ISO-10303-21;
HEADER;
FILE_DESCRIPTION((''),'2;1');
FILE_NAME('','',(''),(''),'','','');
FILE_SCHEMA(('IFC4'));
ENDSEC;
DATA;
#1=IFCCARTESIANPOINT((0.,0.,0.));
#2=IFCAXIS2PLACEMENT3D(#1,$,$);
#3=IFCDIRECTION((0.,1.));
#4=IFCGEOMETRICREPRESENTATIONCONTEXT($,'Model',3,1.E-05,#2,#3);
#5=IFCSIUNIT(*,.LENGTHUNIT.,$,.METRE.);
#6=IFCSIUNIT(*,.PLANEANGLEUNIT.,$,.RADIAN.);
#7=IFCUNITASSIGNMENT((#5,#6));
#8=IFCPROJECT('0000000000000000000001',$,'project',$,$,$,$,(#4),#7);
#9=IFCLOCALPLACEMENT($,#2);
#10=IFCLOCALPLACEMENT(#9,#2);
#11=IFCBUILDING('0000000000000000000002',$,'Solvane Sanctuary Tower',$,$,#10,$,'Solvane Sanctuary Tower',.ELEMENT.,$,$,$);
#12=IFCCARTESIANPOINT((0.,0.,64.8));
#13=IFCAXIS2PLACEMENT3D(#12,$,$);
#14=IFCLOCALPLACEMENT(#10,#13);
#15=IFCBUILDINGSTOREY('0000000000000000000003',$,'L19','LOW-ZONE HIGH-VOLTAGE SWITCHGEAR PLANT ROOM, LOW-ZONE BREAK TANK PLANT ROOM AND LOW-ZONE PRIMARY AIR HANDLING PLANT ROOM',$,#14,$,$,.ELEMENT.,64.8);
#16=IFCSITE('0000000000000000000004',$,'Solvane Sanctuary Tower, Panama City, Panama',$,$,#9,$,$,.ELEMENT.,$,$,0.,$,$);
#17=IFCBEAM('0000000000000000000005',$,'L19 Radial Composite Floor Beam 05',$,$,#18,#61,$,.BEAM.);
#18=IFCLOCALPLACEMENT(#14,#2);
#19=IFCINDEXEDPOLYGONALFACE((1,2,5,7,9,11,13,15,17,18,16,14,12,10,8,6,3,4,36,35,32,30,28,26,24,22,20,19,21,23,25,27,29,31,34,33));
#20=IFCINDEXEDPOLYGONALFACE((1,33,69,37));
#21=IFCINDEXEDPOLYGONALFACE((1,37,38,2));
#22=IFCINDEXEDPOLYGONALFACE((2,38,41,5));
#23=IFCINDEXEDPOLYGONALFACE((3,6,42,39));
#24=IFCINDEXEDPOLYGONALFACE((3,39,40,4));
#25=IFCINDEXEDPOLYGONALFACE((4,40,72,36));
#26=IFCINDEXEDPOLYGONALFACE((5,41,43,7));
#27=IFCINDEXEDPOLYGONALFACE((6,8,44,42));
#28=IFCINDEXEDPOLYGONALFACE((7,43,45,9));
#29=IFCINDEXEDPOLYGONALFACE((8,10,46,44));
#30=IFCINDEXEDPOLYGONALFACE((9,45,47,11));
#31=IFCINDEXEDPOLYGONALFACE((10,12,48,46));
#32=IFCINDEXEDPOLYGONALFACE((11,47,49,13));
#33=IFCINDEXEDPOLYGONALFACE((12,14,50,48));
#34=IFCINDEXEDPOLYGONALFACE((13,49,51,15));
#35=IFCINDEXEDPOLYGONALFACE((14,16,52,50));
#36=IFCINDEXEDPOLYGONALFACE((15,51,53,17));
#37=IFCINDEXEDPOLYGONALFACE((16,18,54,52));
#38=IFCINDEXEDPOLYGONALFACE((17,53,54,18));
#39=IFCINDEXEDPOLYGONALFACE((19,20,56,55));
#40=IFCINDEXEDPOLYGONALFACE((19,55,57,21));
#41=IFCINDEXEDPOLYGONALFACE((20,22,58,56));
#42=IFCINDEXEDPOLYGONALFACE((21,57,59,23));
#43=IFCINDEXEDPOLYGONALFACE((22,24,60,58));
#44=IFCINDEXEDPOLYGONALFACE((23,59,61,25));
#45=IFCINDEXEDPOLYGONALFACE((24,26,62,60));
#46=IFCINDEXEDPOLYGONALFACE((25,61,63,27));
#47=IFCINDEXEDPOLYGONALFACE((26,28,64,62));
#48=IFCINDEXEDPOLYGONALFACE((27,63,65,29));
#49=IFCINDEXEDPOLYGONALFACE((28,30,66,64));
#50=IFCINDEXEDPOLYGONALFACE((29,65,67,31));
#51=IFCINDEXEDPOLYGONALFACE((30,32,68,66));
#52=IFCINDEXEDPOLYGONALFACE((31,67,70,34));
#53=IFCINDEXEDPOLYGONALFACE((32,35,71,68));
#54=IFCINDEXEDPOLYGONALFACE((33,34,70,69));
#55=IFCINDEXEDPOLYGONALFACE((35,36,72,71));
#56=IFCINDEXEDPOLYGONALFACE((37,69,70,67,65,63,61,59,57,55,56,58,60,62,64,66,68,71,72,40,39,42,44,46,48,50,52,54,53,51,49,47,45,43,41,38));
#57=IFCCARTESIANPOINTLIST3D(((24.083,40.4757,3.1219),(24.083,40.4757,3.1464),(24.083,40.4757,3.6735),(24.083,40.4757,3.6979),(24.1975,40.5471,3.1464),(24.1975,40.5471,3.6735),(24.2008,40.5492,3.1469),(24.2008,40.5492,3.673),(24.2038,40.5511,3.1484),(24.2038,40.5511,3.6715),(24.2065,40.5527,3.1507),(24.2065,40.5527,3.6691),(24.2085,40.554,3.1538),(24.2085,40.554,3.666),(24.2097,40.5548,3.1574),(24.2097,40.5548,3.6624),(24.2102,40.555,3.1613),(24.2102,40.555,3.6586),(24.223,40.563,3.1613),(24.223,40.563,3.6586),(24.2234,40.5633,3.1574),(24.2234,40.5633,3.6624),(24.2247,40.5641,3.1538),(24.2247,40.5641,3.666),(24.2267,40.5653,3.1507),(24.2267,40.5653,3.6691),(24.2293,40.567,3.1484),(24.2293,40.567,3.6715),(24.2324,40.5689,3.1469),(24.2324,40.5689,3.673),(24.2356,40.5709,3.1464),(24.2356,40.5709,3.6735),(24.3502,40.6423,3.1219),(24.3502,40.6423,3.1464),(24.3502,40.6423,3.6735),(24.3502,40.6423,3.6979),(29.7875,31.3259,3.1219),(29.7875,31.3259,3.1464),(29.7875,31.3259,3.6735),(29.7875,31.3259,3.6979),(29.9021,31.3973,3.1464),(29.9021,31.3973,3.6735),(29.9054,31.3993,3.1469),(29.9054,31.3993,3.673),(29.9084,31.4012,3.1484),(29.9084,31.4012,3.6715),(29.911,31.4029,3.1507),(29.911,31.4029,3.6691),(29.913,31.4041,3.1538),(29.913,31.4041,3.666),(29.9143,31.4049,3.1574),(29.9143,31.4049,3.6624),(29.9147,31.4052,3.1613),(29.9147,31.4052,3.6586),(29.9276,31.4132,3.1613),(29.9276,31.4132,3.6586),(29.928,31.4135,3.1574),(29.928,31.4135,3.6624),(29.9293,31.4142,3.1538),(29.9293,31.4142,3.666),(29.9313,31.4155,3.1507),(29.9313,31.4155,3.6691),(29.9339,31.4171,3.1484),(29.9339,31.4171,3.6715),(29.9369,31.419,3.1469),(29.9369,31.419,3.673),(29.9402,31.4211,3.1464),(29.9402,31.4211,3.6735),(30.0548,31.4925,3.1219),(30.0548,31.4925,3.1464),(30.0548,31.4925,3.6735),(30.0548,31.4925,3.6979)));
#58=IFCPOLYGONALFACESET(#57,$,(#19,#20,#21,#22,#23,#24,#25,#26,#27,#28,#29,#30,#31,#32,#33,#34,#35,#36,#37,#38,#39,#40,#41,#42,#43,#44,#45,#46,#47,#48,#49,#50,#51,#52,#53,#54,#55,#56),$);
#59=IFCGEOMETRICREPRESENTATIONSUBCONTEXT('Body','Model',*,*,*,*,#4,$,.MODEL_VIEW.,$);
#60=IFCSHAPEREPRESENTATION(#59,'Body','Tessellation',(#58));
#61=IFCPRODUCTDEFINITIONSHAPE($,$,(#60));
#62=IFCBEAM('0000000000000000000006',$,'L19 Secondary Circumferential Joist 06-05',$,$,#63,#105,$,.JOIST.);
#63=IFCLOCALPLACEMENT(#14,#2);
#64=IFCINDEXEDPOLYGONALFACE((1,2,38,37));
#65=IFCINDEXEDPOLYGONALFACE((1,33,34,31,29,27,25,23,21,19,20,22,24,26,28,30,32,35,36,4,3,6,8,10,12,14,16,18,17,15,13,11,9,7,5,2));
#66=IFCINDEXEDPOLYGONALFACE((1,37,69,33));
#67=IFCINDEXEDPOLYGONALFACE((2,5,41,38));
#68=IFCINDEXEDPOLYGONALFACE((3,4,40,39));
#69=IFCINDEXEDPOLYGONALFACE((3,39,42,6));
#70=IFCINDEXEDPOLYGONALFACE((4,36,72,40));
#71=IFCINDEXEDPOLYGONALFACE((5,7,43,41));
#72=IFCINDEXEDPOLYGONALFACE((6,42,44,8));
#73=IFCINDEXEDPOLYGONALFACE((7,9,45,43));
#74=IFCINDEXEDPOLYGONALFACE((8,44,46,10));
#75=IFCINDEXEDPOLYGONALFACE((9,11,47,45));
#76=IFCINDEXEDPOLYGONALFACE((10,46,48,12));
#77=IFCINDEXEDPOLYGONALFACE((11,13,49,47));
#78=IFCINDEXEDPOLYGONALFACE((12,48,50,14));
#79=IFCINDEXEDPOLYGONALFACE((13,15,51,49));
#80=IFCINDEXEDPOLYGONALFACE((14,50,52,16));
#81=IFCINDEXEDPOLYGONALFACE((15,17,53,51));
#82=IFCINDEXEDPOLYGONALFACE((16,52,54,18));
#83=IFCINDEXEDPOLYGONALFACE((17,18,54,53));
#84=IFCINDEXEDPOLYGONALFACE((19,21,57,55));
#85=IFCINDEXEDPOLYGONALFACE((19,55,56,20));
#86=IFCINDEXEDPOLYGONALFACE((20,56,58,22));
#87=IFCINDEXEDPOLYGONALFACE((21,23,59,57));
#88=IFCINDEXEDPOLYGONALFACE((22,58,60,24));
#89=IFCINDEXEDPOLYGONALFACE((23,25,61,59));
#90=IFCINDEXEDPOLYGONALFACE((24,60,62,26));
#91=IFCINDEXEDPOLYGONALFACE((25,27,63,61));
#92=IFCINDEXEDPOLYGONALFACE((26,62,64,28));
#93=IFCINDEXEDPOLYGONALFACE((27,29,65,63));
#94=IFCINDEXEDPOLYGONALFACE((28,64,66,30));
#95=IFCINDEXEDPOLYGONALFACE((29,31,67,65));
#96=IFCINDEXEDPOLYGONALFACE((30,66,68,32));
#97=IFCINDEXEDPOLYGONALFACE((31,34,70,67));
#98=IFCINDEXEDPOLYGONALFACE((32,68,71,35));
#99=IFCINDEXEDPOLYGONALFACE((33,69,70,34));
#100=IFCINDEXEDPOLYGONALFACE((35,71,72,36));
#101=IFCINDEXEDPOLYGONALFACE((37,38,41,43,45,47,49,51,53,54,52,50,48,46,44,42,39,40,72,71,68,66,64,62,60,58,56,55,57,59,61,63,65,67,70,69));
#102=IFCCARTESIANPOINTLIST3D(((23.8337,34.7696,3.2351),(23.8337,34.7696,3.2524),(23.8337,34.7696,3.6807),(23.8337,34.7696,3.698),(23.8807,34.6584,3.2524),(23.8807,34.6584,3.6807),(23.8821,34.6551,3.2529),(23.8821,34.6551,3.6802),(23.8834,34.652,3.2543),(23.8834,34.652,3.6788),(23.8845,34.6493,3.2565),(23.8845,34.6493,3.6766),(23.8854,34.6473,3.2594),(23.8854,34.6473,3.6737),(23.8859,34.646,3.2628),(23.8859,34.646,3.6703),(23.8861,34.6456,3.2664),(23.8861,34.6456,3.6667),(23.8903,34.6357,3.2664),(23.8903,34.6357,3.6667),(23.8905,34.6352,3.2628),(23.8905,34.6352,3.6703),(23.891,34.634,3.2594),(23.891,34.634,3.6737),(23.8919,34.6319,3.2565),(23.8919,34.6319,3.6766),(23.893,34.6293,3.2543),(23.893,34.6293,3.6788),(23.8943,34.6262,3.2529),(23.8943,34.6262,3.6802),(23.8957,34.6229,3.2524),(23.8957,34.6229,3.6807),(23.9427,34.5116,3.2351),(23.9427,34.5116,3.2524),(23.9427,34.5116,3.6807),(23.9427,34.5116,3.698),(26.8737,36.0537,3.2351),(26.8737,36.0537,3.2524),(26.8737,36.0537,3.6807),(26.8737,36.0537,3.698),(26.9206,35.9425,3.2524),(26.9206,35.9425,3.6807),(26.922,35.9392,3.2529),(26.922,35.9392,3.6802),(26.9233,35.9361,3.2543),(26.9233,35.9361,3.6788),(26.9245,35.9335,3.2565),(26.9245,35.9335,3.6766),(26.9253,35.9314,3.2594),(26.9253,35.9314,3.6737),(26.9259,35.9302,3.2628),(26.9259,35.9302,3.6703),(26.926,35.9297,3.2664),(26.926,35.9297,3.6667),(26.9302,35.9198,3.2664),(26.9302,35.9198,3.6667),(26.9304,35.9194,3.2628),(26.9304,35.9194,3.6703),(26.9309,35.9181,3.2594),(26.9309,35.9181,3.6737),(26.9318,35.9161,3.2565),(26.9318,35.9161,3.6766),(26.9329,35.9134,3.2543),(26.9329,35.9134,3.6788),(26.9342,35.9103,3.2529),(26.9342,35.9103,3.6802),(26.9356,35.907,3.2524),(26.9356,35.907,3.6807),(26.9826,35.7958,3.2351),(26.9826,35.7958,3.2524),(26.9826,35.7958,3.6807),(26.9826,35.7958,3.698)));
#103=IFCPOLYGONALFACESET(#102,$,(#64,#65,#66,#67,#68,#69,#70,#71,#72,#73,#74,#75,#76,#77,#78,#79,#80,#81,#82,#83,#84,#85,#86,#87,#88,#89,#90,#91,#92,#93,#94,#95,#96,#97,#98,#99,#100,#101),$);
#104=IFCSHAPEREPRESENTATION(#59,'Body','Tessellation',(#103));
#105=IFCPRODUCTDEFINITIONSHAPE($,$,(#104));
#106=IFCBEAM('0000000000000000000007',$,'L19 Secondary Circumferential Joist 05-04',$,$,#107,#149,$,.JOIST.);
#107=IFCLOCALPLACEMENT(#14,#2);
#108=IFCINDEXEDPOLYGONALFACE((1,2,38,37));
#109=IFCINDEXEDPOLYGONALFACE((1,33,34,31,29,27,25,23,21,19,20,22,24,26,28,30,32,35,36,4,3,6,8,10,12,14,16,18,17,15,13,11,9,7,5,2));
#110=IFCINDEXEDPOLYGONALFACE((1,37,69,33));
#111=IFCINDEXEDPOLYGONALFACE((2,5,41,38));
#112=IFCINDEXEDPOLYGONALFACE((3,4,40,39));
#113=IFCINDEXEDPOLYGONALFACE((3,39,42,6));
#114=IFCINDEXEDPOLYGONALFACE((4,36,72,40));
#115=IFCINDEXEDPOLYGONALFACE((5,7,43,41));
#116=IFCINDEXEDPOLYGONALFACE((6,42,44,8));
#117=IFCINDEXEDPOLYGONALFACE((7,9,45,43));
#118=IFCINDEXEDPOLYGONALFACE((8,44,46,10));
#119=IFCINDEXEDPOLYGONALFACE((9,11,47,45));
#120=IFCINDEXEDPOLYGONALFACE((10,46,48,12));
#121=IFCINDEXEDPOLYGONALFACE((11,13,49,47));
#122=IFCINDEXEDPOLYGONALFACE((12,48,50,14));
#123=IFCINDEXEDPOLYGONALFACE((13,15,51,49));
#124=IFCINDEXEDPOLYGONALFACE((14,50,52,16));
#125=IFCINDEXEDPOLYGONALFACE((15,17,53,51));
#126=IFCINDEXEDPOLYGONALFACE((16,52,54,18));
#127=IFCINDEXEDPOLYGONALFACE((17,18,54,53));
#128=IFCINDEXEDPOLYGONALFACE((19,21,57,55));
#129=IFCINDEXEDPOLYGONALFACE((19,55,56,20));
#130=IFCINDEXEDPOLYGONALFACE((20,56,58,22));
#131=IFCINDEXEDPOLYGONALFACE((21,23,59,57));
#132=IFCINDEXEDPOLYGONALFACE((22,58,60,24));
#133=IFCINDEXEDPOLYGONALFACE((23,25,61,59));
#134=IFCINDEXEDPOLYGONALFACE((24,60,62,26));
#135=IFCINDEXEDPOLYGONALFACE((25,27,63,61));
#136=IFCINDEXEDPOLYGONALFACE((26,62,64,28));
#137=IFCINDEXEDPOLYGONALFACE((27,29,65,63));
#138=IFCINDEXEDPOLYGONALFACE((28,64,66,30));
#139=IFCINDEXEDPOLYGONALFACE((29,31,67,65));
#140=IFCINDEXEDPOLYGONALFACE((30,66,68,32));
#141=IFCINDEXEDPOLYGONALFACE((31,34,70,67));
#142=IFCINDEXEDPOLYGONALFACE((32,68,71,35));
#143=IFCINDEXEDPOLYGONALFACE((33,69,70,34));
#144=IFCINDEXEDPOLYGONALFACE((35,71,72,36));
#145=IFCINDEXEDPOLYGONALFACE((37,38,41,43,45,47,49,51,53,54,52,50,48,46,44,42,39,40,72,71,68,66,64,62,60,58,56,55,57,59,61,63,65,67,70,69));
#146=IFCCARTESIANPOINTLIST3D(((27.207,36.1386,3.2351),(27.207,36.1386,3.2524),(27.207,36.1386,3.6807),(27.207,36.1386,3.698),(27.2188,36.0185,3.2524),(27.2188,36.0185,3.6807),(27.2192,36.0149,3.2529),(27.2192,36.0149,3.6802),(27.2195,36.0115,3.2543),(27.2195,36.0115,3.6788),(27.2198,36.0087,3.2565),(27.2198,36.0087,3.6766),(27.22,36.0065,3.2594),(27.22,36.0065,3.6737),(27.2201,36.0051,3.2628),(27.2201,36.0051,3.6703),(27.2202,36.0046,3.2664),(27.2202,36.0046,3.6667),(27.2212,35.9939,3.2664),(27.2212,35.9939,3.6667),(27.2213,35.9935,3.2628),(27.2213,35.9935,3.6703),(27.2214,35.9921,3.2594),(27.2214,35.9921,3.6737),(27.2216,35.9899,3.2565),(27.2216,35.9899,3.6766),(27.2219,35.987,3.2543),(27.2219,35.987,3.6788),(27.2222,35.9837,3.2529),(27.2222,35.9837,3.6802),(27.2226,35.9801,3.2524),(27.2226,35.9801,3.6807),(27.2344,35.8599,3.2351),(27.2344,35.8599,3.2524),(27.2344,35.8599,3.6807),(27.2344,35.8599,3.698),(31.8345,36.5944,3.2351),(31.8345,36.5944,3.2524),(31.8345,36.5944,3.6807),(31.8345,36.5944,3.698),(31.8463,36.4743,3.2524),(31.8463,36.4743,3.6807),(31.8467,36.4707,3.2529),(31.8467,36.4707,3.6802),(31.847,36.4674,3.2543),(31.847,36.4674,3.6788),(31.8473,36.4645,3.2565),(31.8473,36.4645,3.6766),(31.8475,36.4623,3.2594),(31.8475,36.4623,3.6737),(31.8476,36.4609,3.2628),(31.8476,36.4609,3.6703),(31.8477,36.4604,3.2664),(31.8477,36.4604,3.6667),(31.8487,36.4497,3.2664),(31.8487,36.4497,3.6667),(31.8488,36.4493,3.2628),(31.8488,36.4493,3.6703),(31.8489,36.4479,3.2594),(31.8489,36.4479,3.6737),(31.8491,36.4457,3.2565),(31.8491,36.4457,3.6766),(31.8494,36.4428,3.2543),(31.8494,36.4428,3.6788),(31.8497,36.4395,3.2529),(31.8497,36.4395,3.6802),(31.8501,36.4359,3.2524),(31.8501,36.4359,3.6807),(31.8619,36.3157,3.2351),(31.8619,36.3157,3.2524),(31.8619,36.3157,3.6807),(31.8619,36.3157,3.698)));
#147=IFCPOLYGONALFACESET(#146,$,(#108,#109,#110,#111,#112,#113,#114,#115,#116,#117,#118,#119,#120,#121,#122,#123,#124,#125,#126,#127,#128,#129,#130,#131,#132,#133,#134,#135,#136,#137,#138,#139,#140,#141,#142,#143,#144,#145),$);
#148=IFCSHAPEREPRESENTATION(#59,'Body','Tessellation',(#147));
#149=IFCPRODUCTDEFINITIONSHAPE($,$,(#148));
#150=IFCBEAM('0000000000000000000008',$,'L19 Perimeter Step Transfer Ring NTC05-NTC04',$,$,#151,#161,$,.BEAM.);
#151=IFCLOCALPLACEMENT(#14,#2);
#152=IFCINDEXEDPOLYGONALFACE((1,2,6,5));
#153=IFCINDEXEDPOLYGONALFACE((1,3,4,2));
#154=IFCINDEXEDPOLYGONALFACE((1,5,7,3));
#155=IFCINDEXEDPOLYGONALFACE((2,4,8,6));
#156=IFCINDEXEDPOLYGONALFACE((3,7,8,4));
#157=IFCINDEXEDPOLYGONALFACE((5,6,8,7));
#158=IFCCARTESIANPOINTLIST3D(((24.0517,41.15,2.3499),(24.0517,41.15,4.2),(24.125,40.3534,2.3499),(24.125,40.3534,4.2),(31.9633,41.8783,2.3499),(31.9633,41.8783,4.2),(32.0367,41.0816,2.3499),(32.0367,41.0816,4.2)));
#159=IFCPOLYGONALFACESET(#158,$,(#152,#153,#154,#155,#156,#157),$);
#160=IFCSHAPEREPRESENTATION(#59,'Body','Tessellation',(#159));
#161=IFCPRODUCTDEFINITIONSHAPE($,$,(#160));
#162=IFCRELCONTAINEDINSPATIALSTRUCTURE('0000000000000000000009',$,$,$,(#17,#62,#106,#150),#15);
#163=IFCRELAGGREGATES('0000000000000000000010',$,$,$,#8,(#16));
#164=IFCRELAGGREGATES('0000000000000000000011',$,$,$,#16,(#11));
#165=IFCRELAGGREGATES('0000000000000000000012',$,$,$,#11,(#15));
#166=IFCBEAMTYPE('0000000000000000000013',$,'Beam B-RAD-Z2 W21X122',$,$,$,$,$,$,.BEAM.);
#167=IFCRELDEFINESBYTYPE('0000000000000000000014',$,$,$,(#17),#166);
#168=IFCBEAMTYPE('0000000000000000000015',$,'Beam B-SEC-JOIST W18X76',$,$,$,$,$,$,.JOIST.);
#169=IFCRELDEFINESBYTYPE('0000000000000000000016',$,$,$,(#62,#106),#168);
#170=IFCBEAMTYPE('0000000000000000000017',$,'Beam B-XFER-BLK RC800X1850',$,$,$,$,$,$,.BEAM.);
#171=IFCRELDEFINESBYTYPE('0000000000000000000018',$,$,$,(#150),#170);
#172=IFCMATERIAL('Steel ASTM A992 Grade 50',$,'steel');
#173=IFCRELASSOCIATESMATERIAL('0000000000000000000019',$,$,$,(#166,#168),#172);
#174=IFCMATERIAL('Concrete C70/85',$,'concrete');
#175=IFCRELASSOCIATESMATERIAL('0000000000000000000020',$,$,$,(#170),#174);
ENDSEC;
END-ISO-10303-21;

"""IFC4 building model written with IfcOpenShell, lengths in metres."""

from ifc_helpers import new_model, si_unit, direction, frame, origin, origin_2d, place, context, subcontext, project, spatial, rectangle, i_section, extrude, material, material_profile, profile_set, type_object, element, save


model = new_model("IFC4")

# Units and contexts
model_context = context("Model", 3, precision=1e-05, world=origin(), true_north=direction((0.0, 1.0)))
body_context = subcontext(model_context, "Body", "Model", "MODEL_VIEW")
ifc_project = project(units=[si_unit("LENGTHUNIT", "METRE"), si_unit("PLANEANGLEUNIT", "RADIAN")], contexts=[model_context])

# Site, building, storey
site_placement = place(None, origin())
site = spatial("IfcSite", under=ifc_project, at=site_placement, Name="Solvane Sanctuary Tower, Panama City, Panama", CompositionType="ELEMENT", RefElevation=0.0)
building_placement = place(site_placement, origin())
building = spatial("IfcBuilding", under=site, at=building_placement, Name="Solvane Sanctuary Tower", LongName="Solvane Sanctuary Tower", CompositionType="ELEMENT")
storey_placement = place(building_placement, frame((0.0, 0.0, 64.8)))
storey = spatial("IfcBuildingStorey", under=building, at=storey_placement, Name="L19", Description="LOW-ZONE HIGH-VOLTAGE SWITCHGEAR PLANT ROOM, LOW-ZONE BREAK TANK PLANT ROOM AND LOW-ZONE PRIMARY AIR HANDLING PLANT ROOM", CompositionType="ELEMENT", Elevation=64.8)

# Beams
ifc_material_1 = material(Name="Steel ASTM A992 Grade 50", Category="steel")
ifc_material_profile_1 = material_profile(ifc_material_1, i_section(OverallWidth=0.3149, OverallDepth=0.5759, WebThickness=0.0151, FlangeThickness=0.0244, FilletRadius=0.0149, at=origin_2d()), Name="W21X122")
ifc_profile_set_1 = profile_set([ifc_material_profile_1], Name="Steel ASTM A992 Grade 50")
beam_type_1 = type_object("IfcBeamType", Name="Beam B-RAD-Z2 W21X122", PredefinedType="BEAM", material=ifc_profile_set_1)
beam_1_placement = place(storey_placement, frame((29.9211, 31.4092, 3.4099), z_axis=(-0.529058, 0.848585, 0.0), x_axis=(-0.848585, -0.529058, 0.0)))
element("IfcBeam", 1, at=beam_1_placement, inside=storey, type_object=beam_type_1, Name="L19 Radial Composite Floor Beam 05", PredefinedType="BEAM", context=body_context, shape_type="SweptSolid", body=[
    extrude(i_section(OverallWidth=0.3149, OverallDepth=0.5759, WebThickness=0.0151, FlangeThickness=0.0244, FilletRadius=0.0149, at=origin_2d()), origin(), (0.0, 0.0, 1.0), 10.7825),
])
ifc_material_profile_2 = material_profile(ifc_material_1, i_section(OverallWidth=0.28, OverallDepth=0.4629, WebThickness=0.0107, FlangeThickness=0.0173, FilletRadius=0.0139, at=origin_2d()), Name="W18X76")
ifc_profile_set_2 = profile_set([ifc_material_profile_2], Name="Steel ASTM A992 Grade 50")
beam_type_2 = type_object("IfcBeamType", Name="Beam B-SEC-JOIST W18X76", PredefinedType="JOIST", material=ifc_profile_set_2)
beam_2_placement = place(storey_placement, frame((23.8882, 34.6406, 3.4666), z_axis=(0.921184, 0.389128, 0.0), x_axis=(-0.389128, 0.921184, 0.0)))
element("IfcBeam", 2, at=beam_2_placement, inside=storey, type_object=beam_type_2, Name="L19 Secondary Circumferential Joist 06-05", PredefinedType="JOIST", context=body_context, shape_type="SweptSolid", body=[
    extrude(i_section(OverallWidth=0.28, OverallDepth=0.4629, WebThickness=0.0107, FlangeThickness=0.0173, FilletRadius=0.0139, at=origin_2d()), origin(), (0.0, 0.0, 1.0), 3.3),
])
beam_3_placement = place(storey_placement, frame((27.2207, 35.9993, 3.4666), z_axis=(0.995184, 0.098027, 0.0), x_axis=(-0.098027, 0.995184, 0.0)))
element("IfcBeam", 3, at=beam_3_placement, inside=storey, type_object=beam_type_2, Name="L19 Secondary Circumferential Joist 05-04", PredefinedType="JOIST", context=body_context, shape_type="SweptSolid", body=[
    extrude(i_section(OverallWidth=0.28, OverallDepth=0.4629, WebThickness=0.0107, FlangeThickness=0.0173, FilletRadius=0.0139, at=origin_2d()), origin(), (0.0, 0.0, 1.0), 4.6499),
])
ifc_material_2 = material(Name="Concrete C70/85", Category="concrete")
ifc_material_profile_3 = material_profile(ifc_material_2, rectangle(XDim=0.8, YDim=1.8501, at=origin_2d()), Name="RC800X1850")
ifc_profile_set_3 = profile_set([ifc_material_profile_3], Name="Concrete C70/85")
beam_type_3 = type_object("IfcBeamType", Name="Beam B-XFER-BLK RC800X1850", PredefinedType="BEAM", material=ifc_profile_set_3)
beam_4_placement = place(storey_placement, frame((24.0884, 40.7517, 3.2749), z_axis=(0.99579, 0.091663, 0.0), x_axis=(-0.091663, 0.99579, 0.0)))
element("IfcBeam", 4, at=beam_4_placement, inside=storey, type_object=beam_type_3, Name="L19 Perimeter Step Transfer Ring NTC05-NTC04", PredefinedType="BEAM", context=body_context, shape_type="SweptSolid", body=[
    extrude(rectangle(XDim=0.8, YDim=1.8501, at=origin_2d()), origin(), (0.0, 0.0, 1.0), 7.9451),
])

save(model, "model.ifc")
